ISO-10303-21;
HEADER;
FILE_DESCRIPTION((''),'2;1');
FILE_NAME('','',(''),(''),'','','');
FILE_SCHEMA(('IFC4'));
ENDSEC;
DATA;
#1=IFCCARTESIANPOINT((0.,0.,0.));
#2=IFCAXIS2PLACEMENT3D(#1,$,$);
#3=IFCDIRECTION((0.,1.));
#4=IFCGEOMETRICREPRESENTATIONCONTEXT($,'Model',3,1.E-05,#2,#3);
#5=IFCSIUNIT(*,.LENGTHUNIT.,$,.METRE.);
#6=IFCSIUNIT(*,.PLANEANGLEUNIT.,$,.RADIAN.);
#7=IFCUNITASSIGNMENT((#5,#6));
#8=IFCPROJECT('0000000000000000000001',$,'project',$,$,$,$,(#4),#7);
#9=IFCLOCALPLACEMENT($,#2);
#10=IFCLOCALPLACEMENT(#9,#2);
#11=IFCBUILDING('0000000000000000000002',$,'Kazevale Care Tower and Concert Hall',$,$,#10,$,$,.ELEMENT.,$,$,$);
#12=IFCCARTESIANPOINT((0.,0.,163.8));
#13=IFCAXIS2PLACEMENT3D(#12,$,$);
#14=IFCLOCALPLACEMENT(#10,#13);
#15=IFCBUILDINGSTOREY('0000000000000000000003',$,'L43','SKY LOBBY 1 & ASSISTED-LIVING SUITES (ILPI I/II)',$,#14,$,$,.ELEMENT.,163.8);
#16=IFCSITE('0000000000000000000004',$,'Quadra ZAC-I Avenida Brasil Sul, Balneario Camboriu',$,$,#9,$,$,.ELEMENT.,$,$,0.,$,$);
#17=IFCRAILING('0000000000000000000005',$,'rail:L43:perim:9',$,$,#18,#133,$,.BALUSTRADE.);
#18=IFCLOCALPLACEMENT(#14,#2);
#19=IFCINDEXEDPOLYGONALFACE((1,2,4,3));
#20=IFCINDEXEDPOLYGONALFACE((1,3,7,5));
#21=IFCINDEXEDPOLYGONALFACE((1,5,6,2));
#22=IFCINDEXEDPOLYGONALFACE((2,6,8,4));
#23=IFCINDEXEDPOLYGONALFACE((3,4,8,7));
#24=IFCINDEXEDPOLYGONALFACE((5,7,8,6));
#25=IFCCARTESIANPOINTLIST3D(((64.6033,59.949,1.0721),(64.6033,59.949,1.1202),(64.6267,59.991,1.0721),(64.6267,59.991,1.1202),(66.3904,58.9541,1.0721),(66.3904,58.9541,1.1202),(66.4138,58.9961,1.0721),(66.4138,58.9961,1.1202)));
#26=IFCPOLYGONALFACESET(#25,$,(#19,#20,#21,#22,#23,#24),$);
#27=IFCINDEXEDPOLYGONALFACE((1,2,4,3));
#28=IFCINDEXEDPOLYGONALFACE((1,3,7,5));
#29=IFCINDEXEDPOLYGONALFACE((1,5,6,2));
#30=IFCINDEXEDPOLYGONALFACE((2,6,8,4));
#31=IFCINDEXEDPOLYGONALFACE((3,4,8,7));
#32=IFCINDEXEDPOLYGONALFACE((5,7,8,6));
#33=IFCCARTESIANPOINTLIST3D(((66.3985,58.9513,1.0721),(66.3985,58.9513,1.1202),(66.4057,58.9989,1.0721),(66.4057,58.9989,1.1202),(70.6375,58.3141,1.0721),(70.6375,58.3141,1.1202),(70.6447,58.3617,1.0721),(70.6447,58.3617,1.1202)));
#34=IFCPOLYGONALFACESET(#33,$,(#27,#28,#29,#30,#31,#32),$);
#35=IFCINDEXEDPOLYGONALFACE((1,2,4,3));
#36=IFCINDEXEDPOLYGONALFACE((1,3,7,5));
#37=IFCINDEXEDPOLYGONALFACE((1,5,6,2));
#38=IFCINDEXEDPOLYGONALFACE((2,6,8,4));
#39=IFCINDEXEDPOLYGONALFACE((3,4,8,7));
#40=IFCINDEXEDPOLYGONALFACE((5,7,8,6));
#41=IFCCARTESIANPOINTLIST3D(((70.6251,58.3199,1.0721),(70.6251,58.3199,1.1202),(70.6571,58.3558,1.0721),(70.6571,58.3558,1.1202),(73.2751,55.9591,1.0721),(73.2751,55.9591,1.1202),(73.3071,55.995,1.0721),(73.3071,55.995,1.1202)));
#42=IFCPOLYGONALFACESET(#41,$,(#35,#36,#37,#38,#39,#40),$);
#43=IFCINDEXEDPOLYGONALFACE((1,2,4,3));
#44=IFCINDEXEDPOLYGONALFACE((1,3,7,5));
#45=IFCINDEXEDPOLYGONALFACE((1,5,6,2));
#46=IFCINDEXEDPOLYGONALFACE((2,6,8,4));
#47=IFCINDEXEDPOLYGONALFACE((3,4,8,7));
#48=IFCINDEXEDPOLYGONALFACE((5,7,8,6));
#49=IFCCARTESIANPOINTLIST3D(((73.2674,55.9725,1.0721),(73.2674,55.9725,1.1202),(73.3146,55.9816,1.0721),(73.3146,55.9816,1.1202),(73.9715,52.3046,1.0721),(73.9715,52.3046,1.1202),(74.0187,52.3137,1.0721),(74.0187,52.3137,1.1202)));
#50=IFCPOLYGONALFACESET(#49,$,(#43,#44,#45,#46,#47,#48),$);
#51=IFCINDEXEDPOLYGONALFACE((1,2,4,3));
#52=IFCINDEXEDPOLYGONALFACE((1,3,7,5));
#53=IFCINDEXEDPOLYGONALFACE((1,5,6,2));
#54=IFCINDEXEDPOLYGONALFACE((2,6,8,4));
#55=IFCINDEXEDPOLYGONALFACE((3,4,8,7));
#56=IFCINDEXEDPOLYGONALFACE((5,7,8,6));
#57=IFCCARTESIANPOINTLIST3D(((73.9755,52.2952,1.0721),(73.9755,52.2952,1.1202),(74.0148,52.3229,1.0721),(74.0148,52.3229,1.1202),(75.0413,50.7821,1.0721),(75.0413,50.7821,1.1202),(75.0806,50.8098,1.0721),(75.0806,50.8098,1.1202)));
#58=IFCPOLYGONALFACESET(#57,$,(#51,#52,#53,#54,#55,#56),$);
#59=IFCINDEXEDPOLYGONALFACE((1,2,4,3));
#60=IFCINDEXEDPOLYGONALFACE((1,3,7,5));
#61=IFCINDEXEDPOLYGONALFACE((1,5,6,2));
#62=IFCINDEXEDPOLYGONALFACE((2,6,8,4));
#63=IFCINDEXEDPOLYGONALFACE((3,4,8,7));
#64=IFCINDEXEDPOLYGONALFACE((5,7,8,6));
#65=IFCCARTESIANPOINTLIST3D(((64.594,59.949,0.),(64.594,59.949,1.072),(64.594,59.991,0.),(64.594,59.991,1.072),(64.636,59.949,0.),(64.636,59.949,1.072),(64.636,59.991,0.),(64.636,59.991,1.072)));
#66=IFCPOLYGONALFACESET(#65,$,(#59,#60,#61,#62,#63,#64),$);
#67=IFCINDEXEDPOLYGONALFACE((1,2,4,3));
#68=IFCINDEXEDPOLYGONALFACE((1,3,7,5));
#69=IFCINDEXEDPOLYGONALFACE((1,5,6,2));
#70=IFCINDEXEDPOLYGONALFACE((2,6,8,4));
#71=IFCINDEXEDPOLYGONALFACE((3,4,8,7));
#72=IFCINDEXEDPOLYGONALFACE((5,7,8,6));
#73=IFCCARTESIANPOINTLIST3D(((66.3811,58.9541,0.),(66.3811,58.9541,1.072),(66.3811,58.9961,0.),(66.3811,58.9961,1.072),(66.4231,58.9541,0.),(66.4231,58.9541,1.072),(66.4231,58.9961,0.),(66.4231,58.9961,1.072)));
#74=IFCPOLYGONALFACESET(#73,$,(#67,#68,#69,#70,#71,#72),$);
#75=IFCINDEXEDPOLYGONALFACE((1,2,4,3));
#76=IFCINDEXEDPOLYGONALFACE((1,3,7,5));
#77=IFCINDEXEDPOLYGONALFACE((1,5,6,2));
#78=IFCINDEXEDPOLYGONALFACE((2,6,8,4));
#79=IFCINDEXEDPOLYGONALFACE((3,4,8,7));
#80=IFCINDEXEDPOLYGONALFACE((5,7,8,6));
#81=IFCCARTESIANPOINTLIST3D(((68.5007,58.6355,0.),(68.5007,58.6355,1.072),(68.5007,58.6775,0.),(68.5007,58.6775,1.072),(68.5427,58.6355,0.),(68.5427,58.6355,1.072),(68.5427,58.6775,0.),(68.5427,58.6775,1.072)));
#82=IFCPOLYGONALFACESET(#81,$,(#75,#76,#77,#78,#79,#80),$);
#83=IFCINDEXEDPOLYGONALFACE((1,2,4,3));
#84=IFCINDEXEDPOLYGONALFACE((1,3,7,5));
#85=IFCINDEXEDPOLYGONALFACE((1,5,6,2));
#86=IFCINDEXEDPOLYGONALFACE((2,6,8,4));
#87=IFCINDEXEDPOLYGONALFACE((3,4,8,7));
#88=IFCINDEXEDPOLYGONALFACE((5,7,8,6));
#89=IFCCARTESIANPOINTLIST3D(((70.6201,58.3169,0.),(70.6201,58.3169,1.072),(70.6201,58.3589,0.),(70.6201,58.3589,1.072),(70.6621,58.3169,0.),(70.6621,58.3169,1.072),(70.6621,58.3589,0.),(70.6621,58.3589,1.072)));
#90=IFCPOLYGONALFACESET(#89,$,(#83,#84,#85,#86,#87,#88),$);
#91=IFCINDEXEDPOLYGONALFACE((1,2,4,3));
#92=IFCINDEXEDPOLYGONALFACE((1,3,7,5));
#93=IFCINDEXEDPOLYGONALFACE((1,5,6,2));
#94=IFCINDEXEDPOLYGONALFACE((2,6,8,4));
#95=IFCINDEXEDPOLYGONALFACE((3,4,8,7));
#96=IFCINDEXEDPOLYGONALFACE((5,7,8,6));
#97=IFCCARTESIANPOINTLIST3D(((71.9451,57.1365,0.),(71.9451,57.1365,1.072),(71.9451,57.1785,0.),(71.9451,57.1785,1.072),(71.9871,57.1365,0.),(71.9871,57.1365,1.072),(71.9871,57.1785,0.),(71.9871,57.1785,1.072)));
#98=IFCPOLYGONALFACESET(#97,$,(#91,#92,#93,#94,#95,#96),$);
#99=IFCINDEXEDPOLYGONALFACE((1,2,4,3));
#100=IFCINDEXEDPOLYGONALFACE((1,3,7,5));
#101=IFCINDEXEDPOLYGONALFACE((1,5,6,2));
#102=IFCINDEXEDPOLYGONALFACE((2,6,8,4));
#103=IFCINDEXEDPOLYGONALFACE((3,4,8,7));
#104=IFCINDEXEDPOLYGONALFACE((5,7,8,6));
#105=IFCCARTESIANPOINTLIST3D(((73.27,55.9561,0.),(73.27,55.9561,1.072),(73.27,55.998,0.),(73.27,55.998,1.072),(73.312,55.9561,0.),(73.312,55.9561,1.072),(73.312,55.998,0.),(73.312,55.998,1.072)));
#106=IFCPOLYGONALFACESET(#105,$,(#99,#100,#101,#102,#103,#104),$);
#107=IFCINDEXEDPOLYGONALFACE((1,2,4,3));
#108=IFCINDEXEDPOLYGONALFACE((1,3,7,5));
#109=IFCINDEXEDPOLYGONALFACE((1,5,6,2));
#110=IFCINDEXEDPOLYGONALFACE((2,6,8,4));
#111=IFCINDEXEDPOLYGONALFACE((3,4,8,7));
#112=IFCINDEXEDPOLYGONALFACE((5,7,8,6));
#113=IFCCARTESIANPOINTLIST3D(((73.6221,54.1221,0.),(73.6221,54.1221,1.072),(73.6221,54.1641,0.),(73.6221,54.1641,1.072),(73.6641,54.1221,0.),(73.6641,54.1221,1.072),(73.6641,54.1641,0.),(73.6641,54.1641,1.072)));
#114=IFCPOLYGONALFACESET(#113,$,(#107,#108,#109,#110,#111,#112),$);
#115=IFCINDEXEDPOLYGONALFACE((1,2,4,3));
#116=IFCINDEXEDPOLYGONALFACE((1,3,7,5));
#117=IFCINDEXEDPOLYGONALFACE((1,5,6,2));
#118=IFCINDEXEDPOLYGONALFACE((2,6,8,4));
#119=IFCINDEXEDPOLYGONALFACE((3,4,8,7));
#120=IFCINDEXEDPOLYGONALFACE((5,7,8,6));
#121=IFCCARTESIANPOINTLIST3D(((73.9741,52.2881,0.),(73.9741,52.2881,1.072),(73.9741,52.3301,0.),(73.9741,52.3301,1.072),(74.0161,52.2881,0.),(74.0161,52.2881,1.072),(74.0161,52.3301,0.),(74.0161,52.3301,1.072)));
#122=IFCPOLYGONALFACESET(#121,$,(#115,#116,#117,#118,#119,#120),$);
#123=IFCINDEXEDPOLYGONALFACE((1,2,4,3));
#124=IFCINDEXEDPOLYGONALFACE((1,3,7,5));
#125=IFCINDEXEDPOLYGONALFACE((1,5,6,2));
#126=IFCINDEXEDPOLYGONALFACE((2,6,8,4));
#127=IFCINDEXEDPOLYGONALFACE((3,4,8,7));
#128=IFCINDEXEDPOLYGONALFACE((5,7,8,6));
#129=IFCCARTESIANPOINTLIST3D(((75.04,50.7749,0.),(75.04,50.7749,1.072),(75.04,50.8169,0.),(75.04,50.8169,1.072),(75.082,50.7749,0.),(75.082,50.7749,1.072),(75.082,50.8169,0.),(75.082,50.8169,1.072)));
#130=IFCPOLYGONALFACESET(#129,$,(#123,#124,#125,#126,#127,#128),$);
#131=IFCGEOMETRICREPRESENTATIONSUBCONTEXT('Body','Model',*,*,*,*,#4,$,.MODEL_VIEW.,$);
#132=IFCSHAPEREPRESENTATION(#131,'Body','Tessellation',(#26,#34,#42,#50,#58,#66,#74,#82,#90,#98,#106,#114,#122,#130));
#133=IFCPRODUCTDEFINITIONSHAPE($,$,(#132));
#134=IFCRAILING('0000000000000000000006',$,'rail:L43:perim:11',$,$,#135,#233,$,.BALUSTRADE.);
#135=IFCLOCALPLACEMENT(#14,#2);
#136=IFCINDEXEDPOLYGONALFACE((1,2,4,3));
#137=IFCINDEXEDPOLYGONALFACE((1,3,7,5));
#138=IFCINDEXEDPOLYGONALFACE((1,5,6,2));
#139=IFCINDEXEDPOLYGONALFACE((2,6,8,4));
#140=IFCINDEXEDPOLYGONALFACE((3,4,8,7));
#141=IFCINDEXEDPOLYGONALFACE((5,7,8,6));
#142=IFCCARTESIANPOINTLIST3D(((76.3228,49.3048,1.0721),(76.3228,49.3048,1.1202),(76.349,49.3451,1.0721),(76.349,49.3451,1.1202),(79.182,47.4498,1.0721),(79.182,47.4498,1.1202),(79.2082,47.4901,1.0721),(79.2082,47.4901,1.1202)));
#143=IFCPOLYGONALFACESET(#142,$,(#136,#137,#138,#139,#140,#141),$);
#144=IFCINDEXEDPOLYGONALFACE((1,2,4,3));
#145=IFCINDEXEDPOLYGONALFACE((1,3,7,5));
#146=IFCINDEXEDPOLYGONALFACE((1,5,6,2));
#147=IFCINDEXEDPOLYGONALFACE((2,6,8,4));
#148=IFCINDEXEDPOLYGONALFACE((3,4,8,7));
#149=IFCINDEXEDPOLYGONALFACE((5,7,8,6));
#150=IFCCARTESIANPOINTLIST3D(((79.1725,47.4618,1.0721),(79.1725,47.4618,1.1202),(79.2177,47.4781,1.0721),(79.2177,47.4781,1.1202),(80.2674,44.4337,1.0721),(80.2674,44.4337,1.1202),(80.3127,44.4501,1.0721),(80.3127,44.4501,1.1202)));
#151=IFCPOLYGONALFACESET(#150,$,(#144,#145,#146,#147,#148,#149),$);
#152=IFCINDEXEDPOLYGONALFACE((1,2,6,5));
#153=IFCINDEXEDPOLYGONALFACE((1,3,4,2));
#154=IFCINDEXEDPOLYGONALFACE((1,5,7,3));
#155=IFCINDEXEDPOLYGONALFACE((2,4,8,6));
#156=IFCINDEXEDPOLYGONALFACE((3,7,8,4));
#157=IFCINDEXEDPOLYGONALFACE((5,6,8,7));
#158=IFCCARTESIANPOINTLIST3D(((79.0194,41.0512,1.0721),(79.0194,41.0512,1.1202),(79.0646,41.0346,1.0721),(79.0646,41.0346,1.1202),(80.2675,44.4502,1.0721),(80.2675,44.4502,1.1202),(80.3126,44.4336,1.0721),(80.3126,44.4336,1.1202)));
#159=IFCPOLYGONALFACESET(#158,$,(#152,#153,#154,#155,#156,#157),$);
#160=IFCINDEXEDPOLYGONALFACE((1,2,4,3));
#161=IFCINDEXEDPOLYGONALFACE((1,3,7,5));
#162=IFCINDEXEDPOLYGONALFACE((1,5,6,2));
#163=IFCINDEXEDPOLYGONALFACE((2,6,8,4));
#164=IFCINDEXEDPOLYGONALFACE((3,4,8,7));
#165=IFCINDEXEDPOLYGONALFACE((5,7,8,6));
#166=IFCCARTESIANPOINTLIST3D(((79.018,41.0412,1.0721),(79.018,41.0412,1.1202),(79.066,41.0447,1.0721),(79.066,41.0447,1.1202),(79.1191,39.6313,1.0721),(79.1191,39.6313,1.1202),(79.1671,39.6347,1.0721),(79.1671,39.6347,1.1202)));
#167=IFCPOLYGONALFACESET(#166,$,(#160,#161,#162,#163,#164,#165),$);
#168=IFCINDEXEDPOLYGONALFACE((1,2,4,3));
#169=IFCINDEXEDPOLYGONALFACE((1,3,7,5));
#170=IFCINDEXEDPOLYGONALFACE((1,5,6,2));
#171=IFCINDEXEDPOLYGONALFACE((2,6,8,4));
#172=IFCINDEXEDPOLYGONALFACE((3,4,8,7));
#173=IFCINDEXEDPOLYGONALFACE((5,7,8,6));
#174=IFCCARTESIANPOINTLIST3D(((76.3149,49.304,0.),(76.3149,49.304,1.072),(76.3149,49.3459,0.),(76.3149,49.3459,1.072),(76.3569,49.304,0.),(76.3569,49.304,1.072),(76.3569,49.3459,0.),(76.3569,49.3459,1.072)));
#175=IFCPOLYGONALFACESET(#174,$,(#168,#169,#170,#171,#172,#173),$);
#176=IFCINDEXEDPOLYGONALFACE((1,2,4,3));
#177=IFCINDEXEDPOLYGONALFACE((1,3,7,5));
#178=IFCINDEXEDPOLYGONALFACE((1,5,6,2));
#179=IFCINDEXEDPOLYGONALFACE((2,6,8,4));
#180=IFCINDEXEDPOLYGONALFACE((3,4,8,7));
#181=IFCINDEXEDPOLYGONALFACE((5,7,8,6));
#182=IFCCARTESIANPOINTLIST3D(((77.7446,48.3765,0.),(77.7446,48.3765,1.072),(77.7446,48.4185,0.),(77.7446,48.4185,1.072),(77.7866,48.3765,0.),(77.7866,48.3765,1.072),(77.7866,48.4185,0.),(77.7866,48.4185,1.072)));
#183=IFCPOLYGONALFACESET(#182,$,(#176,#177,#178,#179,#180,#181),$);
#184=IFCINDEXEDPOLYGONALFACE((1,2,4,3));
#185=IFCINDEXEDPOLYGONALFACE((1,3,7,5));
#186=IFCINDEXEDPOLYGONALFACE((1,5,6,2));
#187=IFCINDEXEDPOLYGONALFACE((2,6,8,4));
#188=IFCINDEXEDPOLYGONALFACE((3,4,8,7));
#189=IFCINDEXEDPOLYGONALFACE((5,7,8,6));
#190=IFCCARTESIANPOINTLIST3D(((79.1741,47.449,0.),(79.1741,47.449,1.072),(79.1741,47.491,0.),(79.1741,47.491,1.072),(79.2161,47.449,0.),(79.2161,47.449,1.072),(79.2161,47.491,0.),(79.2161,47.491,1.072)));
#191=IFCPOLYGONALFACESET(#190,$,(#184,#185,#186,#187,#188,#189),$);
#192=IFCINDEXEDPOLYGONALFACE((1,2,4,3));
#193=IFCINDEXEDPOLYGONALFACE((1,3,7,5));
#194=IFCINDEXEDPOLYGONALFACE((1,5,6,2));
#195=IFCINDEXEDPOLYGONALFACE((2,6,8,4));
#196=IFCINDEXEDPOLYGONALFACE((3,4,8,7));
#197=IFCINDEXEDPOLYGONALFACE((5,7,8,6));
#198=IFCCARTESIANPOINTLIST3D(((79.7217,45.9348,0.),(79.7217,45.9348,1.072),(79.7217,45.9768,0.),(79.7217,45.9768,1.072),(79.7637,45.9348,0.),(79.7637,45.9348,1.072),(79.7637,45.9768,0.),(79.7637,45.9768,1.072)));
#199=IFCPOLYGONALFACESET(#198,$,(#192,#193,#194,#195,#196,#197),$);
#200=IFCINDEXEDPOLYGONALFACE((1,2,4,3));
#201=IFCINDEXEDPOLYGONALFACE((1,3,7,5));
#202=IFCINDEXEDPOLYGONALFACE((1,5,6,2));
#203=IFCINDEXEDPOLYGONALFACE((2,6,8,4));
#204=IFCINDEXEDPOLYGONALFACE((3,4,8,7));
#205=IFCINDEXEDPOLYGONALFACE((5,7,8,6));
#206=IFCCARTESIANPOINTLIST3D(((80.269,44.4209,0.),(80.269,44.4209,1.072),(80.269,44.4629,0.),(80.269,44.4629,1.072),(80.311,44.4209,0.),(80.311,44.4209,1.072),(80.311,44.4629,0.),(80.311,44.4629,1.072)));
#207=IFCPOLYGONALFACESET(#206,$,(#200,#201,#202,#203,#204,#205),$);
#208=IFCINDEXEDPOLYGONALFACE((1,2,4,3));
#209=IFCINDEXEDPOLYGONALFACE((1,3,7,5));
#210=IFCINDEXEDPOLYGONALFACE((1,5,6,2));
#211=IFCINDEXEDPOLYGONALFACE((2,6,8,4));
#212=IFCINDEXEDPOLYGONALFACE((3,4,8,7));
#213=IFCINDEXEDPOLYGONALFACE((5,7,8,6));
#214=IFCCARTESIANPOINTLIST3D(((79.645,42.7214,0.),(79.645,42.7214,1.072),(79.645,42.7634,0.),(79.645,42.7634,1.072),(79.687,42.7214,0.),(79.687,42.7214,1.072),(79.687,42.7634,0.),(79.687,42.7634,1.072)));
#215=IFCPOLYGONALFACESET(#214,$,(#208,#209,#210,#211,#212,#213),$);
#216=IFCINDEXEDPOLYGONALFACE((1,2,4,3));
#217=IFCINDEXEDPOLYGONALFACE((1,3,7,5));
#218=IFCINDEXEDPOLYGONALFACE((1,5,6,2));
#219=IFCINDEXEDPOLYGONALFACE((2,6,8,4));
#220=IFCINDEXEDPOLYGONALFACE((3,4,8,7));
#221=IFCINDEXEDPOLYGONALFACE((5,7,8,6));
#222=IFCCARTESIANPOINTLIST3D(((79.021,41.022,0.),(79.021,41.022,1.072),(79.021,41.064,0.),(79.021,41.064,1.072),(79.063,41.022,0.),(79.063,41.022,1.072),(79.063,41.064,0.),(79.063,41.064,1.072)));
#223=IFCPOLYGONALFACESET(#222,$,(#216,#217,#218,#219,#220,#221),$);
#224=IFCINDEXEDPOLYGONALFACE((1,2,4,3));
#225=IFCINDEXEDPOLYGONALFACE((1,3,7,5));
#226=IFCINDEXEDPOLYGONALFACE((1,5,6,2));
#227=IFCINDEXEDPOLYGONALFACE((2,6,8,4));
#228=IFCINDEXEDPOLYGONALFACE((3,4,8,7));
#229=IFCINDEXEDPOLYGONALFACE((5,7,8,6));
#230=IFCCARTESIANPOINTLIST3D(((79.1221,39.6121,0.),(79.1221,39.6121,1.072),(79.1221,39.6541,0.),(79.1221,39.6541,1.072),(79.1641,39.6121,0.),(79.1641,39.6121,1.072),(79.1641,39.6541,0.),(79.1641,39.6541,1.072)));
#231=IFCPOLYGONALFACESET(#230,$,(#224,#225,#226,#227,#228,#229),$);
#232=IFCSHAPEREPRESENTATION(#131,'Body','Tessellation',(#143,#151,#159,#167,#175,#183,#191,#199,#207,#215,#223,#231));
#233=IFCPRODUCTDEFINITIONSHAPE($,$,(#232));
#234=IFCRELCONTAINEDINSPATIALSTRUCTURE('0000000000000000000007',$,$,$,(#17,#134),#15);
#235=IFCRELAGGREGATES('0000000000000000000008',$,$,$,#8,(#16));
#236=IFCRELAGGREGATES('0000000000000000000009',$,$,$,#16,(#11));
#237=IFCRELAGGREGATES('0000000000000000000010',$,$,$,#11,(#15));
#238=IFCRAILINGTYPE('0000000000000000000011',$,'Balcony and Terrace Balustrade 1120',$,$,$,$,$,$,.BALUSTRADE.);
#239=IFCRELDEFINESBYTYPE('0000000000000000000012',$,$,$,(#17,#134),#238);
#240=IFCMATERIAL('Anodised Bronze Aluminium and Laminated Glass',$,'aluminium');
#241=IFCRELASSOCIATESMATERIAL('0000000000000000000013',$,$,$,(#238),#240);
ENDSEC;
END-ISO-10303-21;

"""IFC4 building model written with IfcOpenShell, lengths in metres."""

from ifc_helpers import new_model, si_unit, direction, frame, origin, origin_2d, place, context, subcontext, project, spatial, rectangle, extrude, material, type_object, element, save


model = new_model("IFC4")

# Units and contexts
model_context = context("Model", 3, precision=1e-05, world=origin(), true_north=direction((0.0, 1.0)))
body_context = subcontext(model_context, "Body", "Model", "MODEL_VIEW")
ifc_project = project(units=[si_unit("LENGTHUNIT", "METRE"), si_unit("PLANEANGLEUNIT", "RADIAN")], contexts=[model_context])

# Site, building, storey
site_placement = place(None, origin())
site = spatial("IfcSite", under=ifc_project, at=site_placement, Name="Quadra ZAC-I Avenida Brasil Sul, Balneario Camboriu", CompositionType="ELEMENT", RefElevation=0.0)
building_placement = place(site_placement, origin())
building = spatial("IfcBuilding", under=site, at=building_placement, Name="Kazevale Care Tower and Concert Hall", CompositionType="ELEMENT")
storey_placement = place(building_placement, frame((0.0, 0.0, 163.8)))
storey = spatial("IfcBuildingStorey", under=building, at=storey_placement, Name="L43", Description="SKY LOBBY 1 & ASSISTED-LIVING SUITES (ILPI I/II)", CompositionType="ELEMENT", Elevation=163.8)

# Railings
ifc_material_1 = material(Name="Anodised Bronze Aluminium and Laminated Glass", Category="aluminium")
railing_type = type_object("IfcRailingType", Name="Balcony and Terrace Balustrade 1120", PredefinedType="BALUSTRADE", material=ifc_material_1)
railing_1_placement = place(storey_placement, frame((64.615, 59.97, 0.0)))
element("IfcRailing", 1, at=railing_1_placement, inside=storey, type_object=railing_type, Name="rail:L43:perim:9", PredefinedType="BALUSTRADE", context=body_context, shape_type="SweptSolid", body=[
    extrude(rectangle(XDim=0.0481, YDim=0.0481, at=origin_2d()), frame((0.0, 0.0, 1.0962), z_axis=(0.873735, -0.486403, 0.0), x_axis=(0.486403, 0.873735, 0.0)), (0.0, 0.0, 1.0), 2.0454),
    extrude(rectangle(XDim=0.0481, YDim=0.0481, at=origin_2d()), frame((1.7871, -0.9949, 1.0962), z_axis=(0.98889, -0.14865, 0.0), x_axis=(0.14865, 0.98889, 0.0)), (0.0, 0.0, 1.0), 4.2866),
    extrude(rectangle(XDim=0.0481, YDim=0.0481, at=origin_2d()), frame((6.0261, -1.6321, 1.0962), z_axis=(0.746657, -0.665209, 0.0), x_axis=(0.665209, 0.746657, 0.0)), (0.0, 0.0, 1.0), 3.5491),
    extrude(rectangle(XDim=0.0481, YDim=0.0481, at=origin_2d()), frame((8.676, -3.9929, 1.0962), z_axis=(0.188518, -0.98207, 0.0), x_axis=(0.98207, 0.188518, 0.0)), (0.0, 0.0, 1.0), 3.7349),
    extrude(rectangle(XDim=0.0481, YDim=0.0481, at=origin_2d()), frame((9.3801, -7.6609, 1.0962), z_axis=(0.575885, -0.81753, 0.0), x_axis=(0.81753, 0.575885, 0.0)), (0.0, 0.0, 1.0), 1.8508),
    extrude(rectangle(XDim=0.042, YDim=0.042, at=origin_2d()), origin(), (0.0, 0.0, 1.0), 1.072),
    extrude(rectangle(XDim=0.042, YDim=0.042, at=origin_2d()), frame((1.7871, -0.9949, 0.0)), (0.0, 0.0, 1.0), 1.072),
    extrude(rectangle(XDim=0.042, YDim=0.042, at=origin_2d()), frame((3.9067, -1.3135, 0.0)), (0.0, 0.0, 1.0), 1.072),
    extrude(rectangle(XDim=0.042, YDim=0.042, at=origin_2d()), frame((6.0261, -1.6321, 0.0)), (0.0, 0.0, 1.0), 1.072),
    extrude(rectangle(XDim=0.042, YDim=0.042, at=origin_2d()), frame((7.3511, -2.8125, 0.0)), (0.0, 0.0, 1.0), 1.072),
    extrude(rectangle(XDim=0.042, YDim=0.042, at=origin_2d()), frame((8.676, -3.9929, 0.0)), (0.0, 0.0, 1.0), 1.072),
    extrude(rectangle(XDim=0.042, YDim=0.042, at=origin_2d()), frame((9.0281, -5.8269, 0.0)), (0.0, 0.0, 1.0), 1.072),
    extrude(rectangle(XDim=0.042, YDim=0.042, at=origin_2d()), frame((9.3801, -7.6609, 0.0)), (0.0, 0.0, 1.0), 1.072),
    extrude(rectangle(XDim=0.042, YDim=0.042, at=origin_2d()), frame((10.446, -9.1741, 0.0)), (0.0, 0.0, 1.0), 1.072),
])
railing_2_placement = place(storey_placement, frame((76.3359, 49.325, 0.0)))
element("IfcRailing", 2, at=railing_2_placement, inside=storey, type_object=railing_type, Name="rail:L43:perim:11", PredefinedType="BALUSTRADE", context=body_context, shape_type="SweptSolid", body=[
    extrude(rectangle(XDim=0.0481, YDim=0.0481, at=origin_2d()), frame((0.0, 0.0, 1.0962), z_axis=(0.838906, -0.544276, 0.0), x_axis=(0.544276, 0.838906, 0.0)), (0.0, 0.0, 1.0), 3.4082),
    extrude(rectangle(XDim=0.0481, YDim=0.0481, at=origin_2d()), frame((2.8591, -1.855, 1.0962), z_axis=(0.340056, -0.940405, 0.0), x_axis=(0.940405, 0.340056, 0.0)), (0.0, 0.0, 1.0), 3.22),
    extrude(rectangle(XDim=0.0481, YDim=0.0481, at=origin_2d()), frame((3.9541, -4.8831, 1.0962), z_axis=(-0.344687, -0.938718, 0.0), x_axis=(0.938718, -0.344687, 0.0)), (0.0, 0.0, 1.0), 3.6208),
    extrude(rectangle(XDim=0.0481, YDim=0.0481, at=origin_2d()), frame((2.7061, -8.282, 1.0962), z_axis=(0.071505, -0.99744, 0.0), x_axis=(0.99744, 0.071505, 0.0)), (0.0, 0.0, 1.0), 1.4136),
    extrude(rectangle(XDim=0.042, YDim=0.042, at=origin_2d()), origin(), (0.0, 0.0, 1.0), 1.072),
    extrude(rectangle(XDim=0.042, YDim=0.042, at=origin_2d()), frame((1.4297, -0.9275, 0.0)), (0.0, 0.0, 1.0), 1.072),
    extrude(rectangle(XDim=0.042, YDim=0.042, at=origin_2d()), frame((2.8591, -1.855, 0.0)), (0.0, 0.0, 1.0), 1.072),
    extrude(rectangle(XDim=0.042, YDim=0.042, at=origin_2d()), frame((3.4067, -3.3691, 0.0)), (0.0, 0.0, 1.0), 1.072),
    extrude(rectangle(XDim=0.042, YDim=0.042, at=origin_2d()), frame((3.9541, -4.8831, 0.0)), (0.0, 0.0, 1.0), 1.072),
    extrude(rectangle(XDim=0.042, YDim=0.042, at=origin_2d()), frame((3.3301, -6.5825, 0.0)), (0.0, 0.0, 1.0), 1.072),
    extrude(rectangle(XDim=0.042, YDim=0.042, at=origin_2d()), frame((2.7061, -8.282, 0.0)), (0.0, 0.0, 1.0), 1.072),
    extrude(rectangle(XDim=0.042, YDim=0.042, at=origin_2d()), frame((2.8071, -9.6919, 0.0)), (0.0, 0.0, 1.0), 1.072),
])

save(model, "model.ifc")
